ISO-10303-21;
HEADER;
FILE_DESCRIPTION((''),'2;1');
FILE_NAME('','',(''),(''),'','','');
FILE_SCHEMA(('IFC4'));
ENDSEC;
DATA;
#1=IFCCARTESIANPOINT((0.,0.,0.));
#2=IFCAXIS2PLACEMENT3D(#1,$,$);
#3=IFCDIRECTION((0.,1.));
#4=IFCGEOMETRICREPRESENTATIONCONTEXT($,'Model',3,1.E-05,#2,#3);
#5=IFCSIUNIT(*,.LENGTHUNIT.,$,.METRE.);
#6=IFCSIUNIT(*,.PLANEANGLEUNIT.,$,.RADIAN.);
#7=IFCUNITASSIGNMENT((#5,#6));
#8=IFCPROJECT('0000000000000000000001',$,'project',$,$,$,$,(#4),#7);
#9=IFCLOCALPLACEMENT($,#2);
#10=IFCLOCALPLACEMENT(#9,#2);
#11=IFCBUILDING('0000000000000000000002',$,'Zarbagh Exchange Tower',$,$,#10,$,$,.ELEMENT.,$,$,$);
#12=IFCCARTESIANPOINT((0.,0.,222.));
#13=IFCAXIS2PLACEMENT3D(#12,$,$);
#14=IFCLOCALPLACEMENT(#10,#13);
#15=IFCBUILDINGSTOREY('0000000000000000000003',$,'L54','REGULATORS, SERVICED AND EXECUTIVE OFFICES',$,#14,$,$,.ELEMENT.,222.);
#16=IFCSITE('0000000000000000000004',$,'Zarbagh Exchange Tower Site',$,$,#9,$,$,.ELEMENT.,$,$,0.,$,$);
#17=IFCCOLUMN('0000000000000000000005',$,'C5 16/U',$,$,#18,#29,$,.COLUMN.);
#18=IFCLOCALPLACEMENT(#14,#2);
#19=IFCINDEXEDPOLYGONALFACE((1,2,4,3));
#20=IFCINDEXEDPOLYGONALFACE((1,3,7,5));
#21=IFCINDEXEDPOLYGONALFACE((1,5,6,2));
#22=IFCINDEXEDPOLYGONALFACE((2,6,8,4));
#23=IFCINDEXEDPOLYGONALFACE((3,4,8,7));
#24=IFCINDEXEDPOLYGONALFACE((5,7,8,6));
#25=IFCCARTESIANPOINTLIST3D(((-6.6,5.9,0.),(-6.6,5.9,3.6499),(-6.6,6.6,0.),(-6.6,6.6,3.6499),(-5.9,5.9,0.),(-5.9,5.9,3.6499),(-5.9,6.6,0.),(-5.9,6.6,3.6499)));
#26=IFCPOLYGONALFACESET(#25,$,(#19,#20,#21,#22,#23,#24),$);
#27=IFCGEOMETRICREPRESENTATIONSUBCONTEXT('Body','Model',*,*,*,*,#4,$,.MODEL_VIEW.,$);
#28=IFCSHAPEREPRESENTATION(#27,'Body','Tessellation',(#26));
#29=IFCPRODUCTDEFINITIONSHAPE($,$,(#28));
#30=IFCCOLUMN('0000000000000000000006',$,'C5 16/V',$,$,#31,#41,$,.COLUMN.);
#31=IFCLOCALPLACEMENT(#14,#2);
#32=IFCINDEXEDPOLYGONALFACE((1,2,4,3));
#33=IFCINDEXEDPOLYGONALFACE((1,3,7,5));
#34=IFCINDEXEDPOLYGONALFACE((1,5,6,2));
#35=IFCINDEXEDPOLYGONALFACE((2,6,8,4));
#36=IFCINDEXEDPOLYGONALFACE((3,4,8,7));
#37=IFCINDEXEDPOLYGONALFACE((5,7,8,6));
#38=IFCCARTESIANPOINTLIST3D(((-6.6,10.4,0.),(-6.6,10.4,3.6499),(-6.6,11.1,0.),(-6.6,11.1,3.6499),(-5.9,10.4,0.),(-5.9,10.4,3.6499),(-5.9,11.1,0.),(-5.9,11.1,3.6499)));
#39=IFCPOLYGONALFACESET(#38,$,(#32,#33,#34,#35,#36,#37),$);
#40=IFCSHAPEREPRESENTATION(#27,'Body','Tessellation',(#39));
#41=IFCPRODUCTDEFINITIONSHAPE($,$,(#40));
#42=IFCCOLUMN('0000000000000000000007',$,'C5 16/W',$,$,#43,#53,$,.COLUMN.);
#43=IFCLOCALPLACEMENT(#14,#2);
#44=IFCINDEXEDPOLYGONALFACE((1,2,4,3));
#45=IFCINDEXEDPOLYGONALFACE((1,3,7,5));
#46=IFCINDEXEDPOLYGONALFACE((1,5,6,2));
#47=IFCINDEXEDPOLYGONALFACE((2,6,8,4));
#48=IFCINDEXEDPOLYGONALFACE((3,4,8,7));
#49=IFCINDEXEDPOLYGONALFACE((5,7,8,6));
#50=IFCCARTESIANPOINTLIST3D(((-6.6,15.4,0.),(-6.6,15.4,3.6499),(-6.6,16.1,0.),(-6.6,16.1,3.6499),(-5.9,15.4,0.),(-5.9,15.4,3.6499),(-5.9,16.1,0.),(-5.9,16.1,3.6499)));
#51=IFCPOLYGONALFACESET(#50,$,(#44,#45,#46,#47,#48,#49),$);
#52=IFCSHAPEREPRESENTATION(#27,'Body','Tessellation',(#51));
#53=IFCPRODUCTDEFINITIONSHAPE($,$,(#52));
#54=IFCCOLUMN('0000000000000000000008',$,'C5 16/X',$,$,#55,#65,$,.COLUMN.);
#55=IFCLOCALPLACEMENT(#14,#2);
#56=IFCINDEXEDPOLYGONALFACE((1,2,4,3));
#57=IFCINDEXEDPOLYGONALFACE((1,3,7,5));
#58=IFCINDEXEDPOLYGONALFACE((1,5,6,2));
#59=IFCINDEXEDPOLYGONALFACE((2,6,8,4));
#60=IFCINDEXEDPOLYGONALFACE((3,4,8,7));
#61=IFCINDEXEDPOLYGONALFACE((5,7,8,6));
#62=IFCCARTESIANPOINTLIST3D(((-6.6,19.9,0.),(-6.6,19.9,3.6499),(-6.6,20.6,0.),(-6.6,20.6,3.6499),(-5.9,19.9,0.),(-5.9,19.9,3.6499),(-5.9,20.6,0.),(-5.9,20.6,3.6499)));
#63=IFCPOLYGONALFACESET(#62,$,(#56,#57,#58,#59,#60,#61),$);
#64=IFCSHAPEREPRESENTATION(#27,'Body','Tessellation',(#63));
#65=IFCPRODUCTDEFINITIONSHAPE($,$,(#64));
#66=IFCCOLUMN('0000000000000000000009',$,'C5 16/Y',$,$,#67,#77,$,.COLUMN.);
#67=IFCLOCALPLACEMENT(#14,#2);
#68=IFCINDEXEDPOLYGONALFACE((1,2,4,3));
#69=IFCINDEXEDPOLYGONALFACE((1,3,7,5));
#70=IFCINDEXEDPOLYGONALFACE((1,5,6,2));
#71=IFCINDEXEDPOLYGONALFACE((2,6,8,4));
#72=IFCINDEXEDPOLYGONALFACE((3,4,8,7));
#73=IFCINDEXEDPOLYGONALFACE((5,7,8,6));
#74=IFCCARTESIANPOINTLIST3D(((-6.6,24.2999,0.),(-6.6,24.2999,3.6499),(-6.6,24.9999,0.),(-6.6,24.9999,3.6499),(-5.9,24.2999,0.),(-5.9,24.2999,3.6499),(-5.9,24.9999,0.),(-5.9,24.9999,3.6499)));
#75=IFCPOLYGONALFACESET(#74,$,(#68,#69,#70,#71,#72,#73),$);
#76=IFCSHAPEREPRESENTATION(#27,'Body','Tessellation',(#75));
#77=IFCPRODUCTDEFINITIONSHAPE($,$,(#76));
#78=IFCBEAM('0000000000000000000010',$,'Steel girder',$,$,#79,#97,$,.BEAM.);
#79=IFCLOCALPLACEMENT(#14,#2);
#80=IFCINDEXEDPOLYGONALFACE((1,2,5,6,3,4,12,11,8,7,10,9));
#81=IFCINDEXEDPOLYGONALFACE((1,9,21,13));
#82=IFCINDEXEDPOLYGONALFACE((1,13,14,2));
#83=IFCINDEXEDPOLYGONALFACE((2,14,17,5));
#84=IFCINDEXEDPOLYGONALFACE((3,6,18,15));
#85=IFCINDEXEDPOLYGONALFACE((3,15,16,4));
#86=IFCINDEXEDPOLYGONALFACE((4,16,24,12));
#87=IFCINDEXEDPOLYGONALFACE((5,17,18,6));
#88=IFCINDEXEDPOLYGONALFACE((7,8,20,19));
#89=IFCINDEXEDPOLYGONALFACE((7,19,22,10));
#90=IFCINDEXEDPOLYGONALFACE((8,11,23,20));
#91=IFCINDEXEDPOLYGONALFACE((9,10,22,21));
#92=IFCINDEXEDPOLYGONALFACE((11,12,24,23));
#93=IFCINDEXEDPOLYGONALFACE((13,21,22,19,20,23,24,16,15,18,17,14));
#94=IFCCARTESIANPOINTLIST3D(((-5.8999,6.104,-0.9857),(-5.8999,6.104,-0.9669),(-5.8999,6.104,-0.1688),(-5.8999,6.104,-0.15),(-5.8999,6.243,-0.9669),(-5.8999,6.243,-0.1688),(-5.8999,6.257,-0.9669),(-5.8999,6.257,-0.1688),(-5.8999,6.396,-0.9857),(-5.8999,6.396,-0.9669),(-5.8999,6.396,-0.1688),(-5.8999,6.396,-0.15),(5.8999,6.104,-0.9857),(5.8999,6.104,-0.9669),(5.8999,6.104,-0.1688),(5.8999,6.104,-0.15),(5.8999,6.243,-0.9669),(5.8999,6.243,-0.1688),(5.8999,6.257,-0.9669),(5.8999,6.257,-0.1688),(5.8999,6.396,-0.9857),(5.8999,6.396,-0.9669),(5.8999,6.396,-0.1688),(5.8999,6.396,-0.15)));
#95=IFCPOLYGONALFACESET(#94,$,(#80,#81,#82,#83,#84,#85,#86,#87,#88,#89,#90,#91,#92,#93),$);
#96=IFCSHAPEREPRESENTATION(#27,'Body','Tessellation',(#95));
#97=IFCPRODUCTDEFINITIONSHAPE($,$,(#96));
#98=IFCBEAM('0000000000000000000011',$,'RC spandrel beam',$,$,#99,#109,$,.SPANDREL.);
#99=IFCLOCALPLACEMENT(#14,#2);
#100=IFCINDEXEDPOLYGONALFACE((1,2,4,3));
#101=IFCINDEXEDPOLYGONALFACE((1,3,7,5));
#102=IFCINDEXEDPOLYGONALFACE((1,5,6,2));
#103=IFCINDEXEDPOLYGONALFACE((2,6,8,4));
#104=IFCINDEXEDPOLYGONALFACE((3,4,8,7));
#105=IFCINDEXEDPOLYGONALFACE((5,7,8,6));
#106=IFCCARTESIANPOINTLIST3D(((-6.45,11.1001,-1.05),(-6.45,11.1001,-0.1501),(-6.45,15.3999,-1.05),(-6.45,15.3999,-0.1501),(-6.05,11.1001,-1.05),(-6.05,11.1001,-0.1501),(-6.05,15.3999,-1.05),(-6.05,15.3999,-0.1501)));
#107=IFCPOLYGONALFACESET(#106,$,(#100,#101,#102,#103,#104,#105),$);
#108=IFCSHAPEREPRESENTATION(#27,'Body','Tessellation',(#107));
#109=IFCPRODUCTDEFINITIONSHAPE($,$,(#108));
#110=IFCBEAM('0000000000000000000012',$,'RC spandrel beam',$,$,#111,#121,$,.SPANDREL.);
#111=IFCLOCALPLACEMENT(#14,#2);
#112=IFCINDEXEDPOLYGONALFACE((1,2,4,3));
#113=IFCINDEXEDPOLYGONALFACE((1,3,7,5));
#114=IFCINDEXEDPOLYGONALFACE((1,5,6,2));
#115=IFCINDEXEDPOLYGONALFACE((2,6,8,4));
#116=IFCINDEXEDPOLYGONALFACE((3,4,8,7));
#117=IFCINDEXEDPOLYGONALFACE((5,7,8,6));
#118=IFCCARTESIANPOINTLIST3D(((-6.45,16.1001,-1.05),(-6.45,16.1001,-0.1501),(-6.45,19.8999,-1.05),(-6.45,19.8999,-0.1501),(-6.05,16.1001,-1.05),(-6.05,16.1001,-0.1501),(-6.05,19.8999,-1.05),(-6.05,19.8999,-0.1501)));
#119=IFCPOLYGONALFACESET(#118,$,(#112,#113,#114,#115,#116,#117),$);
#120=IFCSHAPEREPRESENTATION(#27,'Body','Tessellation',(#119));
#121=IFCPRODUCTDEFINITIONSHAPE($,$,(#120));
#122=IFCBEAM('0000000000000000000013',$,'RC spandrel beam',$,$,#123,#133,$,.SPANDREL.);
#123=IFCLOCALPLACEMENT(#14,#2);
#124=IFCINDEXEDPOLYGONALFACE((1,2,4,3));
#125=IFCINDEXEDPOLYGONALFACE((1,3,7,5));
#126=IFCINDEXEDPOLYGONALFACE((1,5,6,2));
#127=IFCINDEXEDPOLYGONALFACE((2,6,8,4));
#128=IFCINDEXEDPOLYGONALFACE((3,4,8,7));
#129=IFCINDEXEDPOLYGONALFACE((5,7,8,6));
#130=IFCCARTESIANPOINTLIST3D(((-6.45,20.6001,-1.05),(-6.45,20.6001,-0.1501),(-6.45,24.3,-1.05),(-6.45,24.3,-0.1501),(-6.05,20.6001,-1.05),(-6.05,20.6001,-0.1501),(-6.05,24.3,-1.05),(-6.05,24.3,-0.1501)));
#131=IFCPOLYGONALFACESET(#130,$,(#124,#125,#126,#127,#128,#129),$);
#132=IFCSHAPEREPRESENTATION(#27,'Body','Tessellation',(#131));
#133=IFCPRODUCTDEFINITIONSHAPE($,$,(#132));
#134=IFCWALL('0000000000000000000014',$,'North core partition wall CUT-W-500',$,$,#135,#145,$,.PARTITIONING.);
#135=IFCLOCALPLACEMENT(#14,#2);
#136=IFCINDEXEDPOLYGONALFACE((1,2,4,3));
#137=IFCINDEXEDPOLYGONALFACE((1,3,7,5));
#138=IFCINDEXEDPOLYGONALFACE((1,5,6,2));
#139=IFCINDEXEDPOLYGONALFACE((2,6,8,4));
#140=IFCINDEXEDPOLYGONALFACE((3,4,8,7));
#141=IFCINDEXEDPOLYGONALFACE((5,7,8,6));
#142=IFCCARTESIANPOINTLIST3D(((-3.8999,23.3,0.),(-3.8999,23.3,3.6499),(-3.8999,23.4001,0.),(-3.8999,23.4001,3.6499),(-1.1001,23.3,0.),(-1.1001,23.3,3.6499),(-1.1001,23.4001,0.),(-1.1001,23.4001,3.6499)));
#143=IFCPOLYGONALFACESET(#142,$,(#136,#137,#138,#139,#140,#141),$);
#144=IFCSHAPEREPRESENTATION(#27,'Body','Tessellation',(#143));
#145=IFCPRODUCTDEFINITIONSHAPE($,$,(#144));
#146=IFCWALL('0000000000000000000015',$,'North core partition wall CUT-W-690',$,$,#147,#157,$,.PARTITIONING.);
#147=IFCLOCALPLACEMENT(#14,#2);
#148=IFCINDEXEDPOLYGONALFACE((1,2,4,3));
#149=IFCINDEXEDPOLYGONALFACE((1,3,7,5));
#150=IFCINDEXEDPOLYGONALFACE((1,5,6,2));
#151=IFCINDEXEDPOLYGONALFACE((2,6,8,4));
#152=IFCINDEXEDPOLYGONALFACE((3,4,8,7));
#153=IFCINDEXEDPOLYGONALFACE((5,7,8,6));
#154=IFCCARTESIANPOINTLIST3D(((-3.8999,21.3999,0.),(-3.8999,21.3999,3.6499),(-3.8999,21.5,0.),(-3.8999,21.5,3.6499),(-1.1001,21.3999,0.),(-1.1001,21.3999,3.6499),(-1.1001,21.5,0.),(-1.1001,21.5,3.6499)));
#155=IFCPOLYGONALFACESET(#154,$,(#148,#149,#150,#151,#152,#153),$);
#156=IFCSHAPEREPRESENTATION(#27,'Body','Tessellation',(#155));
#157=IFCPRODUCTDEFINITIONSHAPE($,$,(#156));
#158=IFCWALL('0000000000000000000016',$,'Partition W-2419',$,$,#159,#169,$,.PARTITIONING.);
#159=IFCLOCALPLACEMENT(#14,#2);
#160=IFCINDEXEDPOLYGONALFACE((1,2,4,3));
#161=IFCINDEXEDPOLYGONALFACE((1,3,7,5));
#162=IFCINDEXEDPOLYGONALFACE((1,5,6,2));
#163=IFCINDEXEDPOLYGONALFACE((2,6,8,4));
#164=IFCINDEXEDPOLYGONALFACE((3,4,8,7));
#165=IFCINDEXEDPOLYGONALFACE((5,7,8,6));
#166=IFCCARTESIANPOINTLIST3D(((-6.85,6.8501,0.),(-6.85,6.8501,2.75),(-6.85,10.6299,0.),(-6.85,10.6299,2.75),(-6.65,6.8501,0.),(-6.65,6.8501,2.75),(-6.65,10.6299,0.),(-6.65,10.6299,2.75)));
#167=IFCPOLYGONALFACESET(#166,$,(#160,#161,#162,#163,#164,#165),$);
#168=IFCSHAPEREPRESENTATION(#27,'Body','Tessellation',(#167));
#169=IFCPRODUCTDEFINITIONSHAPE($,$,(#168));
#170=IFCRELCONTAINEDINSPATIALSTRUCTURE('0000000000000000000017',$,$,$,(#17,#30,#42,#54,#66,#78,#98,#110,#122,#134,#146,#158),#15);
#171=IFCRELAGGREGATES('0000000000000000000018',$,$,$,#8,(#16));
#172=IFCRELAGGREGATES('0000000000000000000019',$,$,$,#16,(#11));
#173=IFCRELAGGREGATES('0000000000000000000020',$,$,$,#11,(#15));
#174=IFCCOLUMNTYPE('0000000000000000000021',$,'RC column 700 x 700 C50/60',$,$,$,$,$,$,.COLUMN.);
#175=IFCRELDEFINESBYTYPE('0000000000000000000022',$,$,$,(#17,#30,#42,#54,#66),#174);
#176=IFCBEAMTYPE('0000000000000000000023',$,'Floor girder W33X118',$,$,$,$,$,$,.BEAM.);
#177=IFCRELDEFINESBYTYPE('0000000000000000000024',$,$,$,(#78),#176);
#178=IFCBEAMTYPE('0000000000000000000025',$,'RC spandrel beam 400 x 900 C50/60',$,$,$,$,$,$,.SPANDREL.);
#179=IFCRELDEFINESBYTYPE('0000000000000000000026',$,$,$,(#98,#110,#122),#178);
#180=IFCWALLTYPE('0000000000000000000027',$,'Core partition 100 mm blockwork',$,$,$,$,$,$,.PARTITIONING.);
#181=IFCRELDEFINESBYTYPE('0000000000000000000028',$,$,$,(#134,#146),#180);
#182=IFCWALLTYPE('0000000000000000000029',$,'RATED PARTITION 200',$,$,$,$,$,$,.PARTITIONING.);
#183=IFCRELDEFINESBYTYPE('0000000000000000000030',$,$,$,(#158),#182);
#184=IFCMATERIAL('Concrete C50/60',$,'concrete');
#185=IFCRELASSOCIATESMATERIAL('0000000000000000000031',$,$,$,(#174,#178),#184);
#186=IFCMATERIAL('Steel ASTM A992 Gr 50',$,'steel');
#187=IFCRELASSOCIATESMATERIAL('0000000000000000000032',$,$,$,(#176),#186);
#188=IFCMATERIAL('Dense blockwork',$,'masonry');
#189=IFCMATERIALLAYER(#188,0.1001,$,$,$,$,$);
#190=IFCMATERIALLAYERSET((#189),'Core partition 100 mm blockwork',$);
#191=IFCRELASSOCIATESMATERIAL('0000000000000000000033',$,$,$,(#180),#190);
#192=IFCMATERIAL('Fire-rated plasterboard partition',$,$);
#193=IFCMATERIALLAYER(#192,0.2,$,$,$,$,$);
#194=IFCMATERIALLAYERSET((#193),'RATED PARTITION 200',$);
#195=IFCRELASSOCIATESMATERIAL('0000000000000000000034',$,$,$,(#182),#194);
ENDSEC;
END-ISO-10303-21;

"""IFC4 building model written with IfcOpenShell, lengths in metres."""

from ifc_helpers import new_model, si_unit, direction, frame, frame_2d, origin, origin_2d, place, context, subcontext, project, spatial, rectangle, i_section, extrude, material, layer, layer_set, material_profile, profile_set, type_object, element, save


model = new_model("IFC4")

# Units and contexts
model_context = context("Model", 3, precision=1e-05, world=origin(), true_north=direction((0.0, 1.0)))
body_context = subcontext(model_context, "Body", "Model", "MODEL_VIEW")
ifc_project = project(units=[si_unit("LENGTHUNIT", "METRE"), si_unit("PLANEANGLEUNIT", "RADIAN")], contexts=[model_context])

# Site, building, storey
site_placement = place(None, origin())
site = spatial("IfcSite", under=ifc_project, at=site_placement, Name="Zarbagh Exchange Tower Site", CompositionType="ELEMENT", RefElevation=0.0)
building_placement = place(site_placement, origin())
building = spatial("IfcBuilding", under=site, at=building_placement, Name="Zarbagh Exchange Tower", CompositionType="ELEMENT")
storey_placement = place(building_placement, frame((0.0, 0.0, 222.0)))
storey = spatial("IfcBuildingStorey", under=building, at=storey_placement, Name="L54", Description="REGULATORS, SERVICED AND EXECUTIVE OFFICES", CompositionType="ELEMENT", Elevation=222.0)

# Columns
ifc_material_1 = material(Name="Concrete C50/60", Category="concrete")
ifc_material_profile_1 = material_profile(ifc_material_1, rectangle(XDim=0.7, YDim=0.7, at=origin_2d()), Name="RC column 700 x 700 C50/60")
ifc_profile_set_1 = profile_set([ifc_material_profile_1], Name="Concrete C50/60")
column_type = type_object("IfcColumnType", Name="RC column 700 x 700 C50/60", PredefinedType="COLUMN", material=ifc_profile_set_1)
for number, where, z_axis, x_axis, name in (
    (1, (-6.25, 6.25, 0.0), (0.0, 0.0, 1.0), (1.0, 0.0, 0.0), "C5 16/U"),
    (2, (-6.25, 10.75, 0.0), (0.0, 0.0, 1.0), (1.0, 0.0, 0.0), "C5 16/V"),
    (3, (-6.25, 15.75, 0.0), (0.0, 0.0, 1.0), (1.0, 0.0, 0.0), "C5 16/W"),
    (4, (-6.25, 20.25, 0.0), (0.0, 0.0, 1.0), (1.0, 0.0, 0.0), "C5 16/X"),
    (5, (-6.25, 24.6499, 0.0), (0.0, 0.0, 1.0), (1.0, 0.0, 0.0), "C5 16/Y"),
):
    element("IfcColumn", number, at=place(storey_placement, frame(where, z_axis=z_axis, x_axis=x_axis)), inside=storey, type_object=column_type, Name=name, PredefinedType="COLUMN", context=body_context, shape_type="SweptSolid", body=[
        extrude(rectangle(XDim=0.7, YDim=0.7, at=origin_2d()), origin(), (0.0, 0.0, 1.0), 3.6499),
    ])

# Beams
ifc_material_2 = material(Name="Steel ASTM A992 Gr 50", Category="steel")
ifc_material_profile_2 = material_profile(ifc_material_2, i_section(OverallWidth=0.292, OverallDepth=0.8357, WebThickness=0.0139, FlangeThickness=0.0188, at=origin_2d()), Name="W33X118")
ifc_profile_set_2 = profile_set([ifc_material_profile_2], Name="Steel ASTM A992 Gr 50")
beam_type_1 = type_object("IfcBeamType", Name="Floor girder W33X118", PredefinedType="BEAM", material=ifc_profile_set_2)
beam_1_placement = place(storey_placement, frame((-5.8999, 6.25, -0.5679), z_axis=(1.0, 0.0, 0.0), x_axis=(0.0, 1.0, 0.0)))
element("IfcBeam", 6, at=beam_1_placement, inside=storey, type_object=beam_type_1, Name="Steel girder", PredefinedType="BEAM", context=body_context, shape_type="SweptSolid", body=[
    extrude(i_section(OverallWidth=0.292, OverallDepth=0.8357, WebThickness=0.0139, FlangeThickness=0.0188, at=origin_2d()), origin(), (0.0, 0.0, 1.0), 11.7998),
])
ifc_material_profile_3 = material_profile(ifc_material_1, rectangle(XDim=0.3999, YDim=0.8999, at=origin_2d()), Name="RC spandrel beam 400 x 900 C50/60")
ifc_profile_set_3 = profile_set([ifc_material_profile_3], Name="Concrete C50/60")
beam_type_2 = type_object("IfcBeamType", Name="RC spandrel beam 400 x 900 C50/60", PredefinedType="SPANDREL", material=ifc_profile_set_3)
beam_2_placement = place(storey_placement, frame((-6.25, 11.1001, -0.6001), z_axis=(0.0, 1.0, 0.0), x_axis=(-1.0, 0.0, 0.0)))
element("IfcBeam", 7, at=beam_2_placement, inside=storey, type_object=beam_type_2, Name="RC spandrel beam", PredefinedType="SPANDREL", context=body_context, shape_type="SweptSolid", body=[
    extrude(rectangle(XDim=0.3999, YDim=0.8999, at=origin_2d()), origin(), (0.0, 0.0, 1.0), 4.2998),
])
beam_3_placement = place(storey_placement, frame((-6.25, 16.1001, -0.6001), z_axis=(0.0, 1.0, 0.0), x_axis=(-1.0, 0.0, 0.0)))
element("IfcBeam", 8, at=beam_3_placement, inside=storey, type_object=beam_type_2, Name="RC spandrel beam", PredefinedType="SPANDREL", context=body_context, shape_type="SweptSolid", body=[
    extrude(rectangle(XDim=0.3999, YDim=0.8999, at=origin_2d()), origin(), (0.0, 0.0, 1.0), 3.7998),
])
beam_4_placement = place(storey_placement, frame((-6.25, 20.6001, -0.6001), z_axis=(0.0, 1.0, 0.0), x_axis=(-1.0, 0.0, 0.0)))
element("IfcBeam", 9, at=beam_4_placement, inside=storey, type_object=beam_type_2, Name="RC spandrel beam", PredefinedType="SPANDREL", context=body_context, shape_type="SweptSolid", body=[
    extrude(rectangle(XDim=0.3999, YDim=0.8999, at=origin_2d()), origin(), (0.0, 0.0, 1.0), 3.7),
])

# Walls
ifc_material_3 = material(Name="Dense blockwork", Category="masonry")
ifc_layer_1 = layer(ifc_material_3, 0.1001)
ifc_layer_set_1 = layer_set([ifc_layer_1], Name="Core partition 100 mm blockwork")
wall_type_1 = type_object("IfcWallType", Name="Core partition 100 mm blockwork", PredefinedType="PARTITIONING", material=ifc_layer_set_1)
for number, where, z_axis, x_axis, name in (
    (10, (-3.8999, 23.3501, 0.0), (0.0, 0.0, 1.0), (1.0, 0.0, 0.0), "North core partition wall CUT-W-500"),
    (11, (-3.8999, 21.45, 0.0), (0.0, 0.0, 1.0), (1.0, 0.0, 0.0), "North core partition wall CUT-W-690"),
):
    element("IfcWall", number, at=place(storey_placement, frame(where, z_axis=z_axis, x_axis=x_axis)), inside=storey, type_object=wall_type_1, Name=name, PredefinedType="PARTITIONING", context=body_context, shape_type="SweptSolid", body=[
        extrude(rectangle(XDim=2.7998, YDim=0.1001, at=frame_2d((1.3999, 0.0))), origin(), (0.0, 0.0, 1.0), 3.6499),
    ])
ifc_material_4 = material(Name="Fire-rated plasterboard partition")
ifc_layer_2 = layer(ifc_material_4, 0.2)
ifc_layer_set_2 = layer_set([ifc_layer_2], Name="RATED PARTITION 200")
wall_type_2 = type_object("IfcWallType", Name="RATED PARTITION 200", PredefinedType="PARTITIONING", material=ifc_layer_set_2)
wall_1_placement = place(storey_placement, frame((-6.75, 6.8501, 0.0), z_axis=(0.0, 0.0, 1.0), x_axis=(0.0, 1.0, 0.0)))
element("IfcWall", 12, at=wall_1_placement, inside=storey, type_object=wall_type_2, Name="Partition W-2419", PredefinedType="PARTITIONING", context=body_context, shape_type="SweptSolid", body=[
    extrude(rectangle(XDim=3.7798, YDim=0.2, at=frame_2d((1.8899, 0.0))), origin(), (0.0, 0.0, 1.0), 2.75),
])

save(model, "model.ifc")
